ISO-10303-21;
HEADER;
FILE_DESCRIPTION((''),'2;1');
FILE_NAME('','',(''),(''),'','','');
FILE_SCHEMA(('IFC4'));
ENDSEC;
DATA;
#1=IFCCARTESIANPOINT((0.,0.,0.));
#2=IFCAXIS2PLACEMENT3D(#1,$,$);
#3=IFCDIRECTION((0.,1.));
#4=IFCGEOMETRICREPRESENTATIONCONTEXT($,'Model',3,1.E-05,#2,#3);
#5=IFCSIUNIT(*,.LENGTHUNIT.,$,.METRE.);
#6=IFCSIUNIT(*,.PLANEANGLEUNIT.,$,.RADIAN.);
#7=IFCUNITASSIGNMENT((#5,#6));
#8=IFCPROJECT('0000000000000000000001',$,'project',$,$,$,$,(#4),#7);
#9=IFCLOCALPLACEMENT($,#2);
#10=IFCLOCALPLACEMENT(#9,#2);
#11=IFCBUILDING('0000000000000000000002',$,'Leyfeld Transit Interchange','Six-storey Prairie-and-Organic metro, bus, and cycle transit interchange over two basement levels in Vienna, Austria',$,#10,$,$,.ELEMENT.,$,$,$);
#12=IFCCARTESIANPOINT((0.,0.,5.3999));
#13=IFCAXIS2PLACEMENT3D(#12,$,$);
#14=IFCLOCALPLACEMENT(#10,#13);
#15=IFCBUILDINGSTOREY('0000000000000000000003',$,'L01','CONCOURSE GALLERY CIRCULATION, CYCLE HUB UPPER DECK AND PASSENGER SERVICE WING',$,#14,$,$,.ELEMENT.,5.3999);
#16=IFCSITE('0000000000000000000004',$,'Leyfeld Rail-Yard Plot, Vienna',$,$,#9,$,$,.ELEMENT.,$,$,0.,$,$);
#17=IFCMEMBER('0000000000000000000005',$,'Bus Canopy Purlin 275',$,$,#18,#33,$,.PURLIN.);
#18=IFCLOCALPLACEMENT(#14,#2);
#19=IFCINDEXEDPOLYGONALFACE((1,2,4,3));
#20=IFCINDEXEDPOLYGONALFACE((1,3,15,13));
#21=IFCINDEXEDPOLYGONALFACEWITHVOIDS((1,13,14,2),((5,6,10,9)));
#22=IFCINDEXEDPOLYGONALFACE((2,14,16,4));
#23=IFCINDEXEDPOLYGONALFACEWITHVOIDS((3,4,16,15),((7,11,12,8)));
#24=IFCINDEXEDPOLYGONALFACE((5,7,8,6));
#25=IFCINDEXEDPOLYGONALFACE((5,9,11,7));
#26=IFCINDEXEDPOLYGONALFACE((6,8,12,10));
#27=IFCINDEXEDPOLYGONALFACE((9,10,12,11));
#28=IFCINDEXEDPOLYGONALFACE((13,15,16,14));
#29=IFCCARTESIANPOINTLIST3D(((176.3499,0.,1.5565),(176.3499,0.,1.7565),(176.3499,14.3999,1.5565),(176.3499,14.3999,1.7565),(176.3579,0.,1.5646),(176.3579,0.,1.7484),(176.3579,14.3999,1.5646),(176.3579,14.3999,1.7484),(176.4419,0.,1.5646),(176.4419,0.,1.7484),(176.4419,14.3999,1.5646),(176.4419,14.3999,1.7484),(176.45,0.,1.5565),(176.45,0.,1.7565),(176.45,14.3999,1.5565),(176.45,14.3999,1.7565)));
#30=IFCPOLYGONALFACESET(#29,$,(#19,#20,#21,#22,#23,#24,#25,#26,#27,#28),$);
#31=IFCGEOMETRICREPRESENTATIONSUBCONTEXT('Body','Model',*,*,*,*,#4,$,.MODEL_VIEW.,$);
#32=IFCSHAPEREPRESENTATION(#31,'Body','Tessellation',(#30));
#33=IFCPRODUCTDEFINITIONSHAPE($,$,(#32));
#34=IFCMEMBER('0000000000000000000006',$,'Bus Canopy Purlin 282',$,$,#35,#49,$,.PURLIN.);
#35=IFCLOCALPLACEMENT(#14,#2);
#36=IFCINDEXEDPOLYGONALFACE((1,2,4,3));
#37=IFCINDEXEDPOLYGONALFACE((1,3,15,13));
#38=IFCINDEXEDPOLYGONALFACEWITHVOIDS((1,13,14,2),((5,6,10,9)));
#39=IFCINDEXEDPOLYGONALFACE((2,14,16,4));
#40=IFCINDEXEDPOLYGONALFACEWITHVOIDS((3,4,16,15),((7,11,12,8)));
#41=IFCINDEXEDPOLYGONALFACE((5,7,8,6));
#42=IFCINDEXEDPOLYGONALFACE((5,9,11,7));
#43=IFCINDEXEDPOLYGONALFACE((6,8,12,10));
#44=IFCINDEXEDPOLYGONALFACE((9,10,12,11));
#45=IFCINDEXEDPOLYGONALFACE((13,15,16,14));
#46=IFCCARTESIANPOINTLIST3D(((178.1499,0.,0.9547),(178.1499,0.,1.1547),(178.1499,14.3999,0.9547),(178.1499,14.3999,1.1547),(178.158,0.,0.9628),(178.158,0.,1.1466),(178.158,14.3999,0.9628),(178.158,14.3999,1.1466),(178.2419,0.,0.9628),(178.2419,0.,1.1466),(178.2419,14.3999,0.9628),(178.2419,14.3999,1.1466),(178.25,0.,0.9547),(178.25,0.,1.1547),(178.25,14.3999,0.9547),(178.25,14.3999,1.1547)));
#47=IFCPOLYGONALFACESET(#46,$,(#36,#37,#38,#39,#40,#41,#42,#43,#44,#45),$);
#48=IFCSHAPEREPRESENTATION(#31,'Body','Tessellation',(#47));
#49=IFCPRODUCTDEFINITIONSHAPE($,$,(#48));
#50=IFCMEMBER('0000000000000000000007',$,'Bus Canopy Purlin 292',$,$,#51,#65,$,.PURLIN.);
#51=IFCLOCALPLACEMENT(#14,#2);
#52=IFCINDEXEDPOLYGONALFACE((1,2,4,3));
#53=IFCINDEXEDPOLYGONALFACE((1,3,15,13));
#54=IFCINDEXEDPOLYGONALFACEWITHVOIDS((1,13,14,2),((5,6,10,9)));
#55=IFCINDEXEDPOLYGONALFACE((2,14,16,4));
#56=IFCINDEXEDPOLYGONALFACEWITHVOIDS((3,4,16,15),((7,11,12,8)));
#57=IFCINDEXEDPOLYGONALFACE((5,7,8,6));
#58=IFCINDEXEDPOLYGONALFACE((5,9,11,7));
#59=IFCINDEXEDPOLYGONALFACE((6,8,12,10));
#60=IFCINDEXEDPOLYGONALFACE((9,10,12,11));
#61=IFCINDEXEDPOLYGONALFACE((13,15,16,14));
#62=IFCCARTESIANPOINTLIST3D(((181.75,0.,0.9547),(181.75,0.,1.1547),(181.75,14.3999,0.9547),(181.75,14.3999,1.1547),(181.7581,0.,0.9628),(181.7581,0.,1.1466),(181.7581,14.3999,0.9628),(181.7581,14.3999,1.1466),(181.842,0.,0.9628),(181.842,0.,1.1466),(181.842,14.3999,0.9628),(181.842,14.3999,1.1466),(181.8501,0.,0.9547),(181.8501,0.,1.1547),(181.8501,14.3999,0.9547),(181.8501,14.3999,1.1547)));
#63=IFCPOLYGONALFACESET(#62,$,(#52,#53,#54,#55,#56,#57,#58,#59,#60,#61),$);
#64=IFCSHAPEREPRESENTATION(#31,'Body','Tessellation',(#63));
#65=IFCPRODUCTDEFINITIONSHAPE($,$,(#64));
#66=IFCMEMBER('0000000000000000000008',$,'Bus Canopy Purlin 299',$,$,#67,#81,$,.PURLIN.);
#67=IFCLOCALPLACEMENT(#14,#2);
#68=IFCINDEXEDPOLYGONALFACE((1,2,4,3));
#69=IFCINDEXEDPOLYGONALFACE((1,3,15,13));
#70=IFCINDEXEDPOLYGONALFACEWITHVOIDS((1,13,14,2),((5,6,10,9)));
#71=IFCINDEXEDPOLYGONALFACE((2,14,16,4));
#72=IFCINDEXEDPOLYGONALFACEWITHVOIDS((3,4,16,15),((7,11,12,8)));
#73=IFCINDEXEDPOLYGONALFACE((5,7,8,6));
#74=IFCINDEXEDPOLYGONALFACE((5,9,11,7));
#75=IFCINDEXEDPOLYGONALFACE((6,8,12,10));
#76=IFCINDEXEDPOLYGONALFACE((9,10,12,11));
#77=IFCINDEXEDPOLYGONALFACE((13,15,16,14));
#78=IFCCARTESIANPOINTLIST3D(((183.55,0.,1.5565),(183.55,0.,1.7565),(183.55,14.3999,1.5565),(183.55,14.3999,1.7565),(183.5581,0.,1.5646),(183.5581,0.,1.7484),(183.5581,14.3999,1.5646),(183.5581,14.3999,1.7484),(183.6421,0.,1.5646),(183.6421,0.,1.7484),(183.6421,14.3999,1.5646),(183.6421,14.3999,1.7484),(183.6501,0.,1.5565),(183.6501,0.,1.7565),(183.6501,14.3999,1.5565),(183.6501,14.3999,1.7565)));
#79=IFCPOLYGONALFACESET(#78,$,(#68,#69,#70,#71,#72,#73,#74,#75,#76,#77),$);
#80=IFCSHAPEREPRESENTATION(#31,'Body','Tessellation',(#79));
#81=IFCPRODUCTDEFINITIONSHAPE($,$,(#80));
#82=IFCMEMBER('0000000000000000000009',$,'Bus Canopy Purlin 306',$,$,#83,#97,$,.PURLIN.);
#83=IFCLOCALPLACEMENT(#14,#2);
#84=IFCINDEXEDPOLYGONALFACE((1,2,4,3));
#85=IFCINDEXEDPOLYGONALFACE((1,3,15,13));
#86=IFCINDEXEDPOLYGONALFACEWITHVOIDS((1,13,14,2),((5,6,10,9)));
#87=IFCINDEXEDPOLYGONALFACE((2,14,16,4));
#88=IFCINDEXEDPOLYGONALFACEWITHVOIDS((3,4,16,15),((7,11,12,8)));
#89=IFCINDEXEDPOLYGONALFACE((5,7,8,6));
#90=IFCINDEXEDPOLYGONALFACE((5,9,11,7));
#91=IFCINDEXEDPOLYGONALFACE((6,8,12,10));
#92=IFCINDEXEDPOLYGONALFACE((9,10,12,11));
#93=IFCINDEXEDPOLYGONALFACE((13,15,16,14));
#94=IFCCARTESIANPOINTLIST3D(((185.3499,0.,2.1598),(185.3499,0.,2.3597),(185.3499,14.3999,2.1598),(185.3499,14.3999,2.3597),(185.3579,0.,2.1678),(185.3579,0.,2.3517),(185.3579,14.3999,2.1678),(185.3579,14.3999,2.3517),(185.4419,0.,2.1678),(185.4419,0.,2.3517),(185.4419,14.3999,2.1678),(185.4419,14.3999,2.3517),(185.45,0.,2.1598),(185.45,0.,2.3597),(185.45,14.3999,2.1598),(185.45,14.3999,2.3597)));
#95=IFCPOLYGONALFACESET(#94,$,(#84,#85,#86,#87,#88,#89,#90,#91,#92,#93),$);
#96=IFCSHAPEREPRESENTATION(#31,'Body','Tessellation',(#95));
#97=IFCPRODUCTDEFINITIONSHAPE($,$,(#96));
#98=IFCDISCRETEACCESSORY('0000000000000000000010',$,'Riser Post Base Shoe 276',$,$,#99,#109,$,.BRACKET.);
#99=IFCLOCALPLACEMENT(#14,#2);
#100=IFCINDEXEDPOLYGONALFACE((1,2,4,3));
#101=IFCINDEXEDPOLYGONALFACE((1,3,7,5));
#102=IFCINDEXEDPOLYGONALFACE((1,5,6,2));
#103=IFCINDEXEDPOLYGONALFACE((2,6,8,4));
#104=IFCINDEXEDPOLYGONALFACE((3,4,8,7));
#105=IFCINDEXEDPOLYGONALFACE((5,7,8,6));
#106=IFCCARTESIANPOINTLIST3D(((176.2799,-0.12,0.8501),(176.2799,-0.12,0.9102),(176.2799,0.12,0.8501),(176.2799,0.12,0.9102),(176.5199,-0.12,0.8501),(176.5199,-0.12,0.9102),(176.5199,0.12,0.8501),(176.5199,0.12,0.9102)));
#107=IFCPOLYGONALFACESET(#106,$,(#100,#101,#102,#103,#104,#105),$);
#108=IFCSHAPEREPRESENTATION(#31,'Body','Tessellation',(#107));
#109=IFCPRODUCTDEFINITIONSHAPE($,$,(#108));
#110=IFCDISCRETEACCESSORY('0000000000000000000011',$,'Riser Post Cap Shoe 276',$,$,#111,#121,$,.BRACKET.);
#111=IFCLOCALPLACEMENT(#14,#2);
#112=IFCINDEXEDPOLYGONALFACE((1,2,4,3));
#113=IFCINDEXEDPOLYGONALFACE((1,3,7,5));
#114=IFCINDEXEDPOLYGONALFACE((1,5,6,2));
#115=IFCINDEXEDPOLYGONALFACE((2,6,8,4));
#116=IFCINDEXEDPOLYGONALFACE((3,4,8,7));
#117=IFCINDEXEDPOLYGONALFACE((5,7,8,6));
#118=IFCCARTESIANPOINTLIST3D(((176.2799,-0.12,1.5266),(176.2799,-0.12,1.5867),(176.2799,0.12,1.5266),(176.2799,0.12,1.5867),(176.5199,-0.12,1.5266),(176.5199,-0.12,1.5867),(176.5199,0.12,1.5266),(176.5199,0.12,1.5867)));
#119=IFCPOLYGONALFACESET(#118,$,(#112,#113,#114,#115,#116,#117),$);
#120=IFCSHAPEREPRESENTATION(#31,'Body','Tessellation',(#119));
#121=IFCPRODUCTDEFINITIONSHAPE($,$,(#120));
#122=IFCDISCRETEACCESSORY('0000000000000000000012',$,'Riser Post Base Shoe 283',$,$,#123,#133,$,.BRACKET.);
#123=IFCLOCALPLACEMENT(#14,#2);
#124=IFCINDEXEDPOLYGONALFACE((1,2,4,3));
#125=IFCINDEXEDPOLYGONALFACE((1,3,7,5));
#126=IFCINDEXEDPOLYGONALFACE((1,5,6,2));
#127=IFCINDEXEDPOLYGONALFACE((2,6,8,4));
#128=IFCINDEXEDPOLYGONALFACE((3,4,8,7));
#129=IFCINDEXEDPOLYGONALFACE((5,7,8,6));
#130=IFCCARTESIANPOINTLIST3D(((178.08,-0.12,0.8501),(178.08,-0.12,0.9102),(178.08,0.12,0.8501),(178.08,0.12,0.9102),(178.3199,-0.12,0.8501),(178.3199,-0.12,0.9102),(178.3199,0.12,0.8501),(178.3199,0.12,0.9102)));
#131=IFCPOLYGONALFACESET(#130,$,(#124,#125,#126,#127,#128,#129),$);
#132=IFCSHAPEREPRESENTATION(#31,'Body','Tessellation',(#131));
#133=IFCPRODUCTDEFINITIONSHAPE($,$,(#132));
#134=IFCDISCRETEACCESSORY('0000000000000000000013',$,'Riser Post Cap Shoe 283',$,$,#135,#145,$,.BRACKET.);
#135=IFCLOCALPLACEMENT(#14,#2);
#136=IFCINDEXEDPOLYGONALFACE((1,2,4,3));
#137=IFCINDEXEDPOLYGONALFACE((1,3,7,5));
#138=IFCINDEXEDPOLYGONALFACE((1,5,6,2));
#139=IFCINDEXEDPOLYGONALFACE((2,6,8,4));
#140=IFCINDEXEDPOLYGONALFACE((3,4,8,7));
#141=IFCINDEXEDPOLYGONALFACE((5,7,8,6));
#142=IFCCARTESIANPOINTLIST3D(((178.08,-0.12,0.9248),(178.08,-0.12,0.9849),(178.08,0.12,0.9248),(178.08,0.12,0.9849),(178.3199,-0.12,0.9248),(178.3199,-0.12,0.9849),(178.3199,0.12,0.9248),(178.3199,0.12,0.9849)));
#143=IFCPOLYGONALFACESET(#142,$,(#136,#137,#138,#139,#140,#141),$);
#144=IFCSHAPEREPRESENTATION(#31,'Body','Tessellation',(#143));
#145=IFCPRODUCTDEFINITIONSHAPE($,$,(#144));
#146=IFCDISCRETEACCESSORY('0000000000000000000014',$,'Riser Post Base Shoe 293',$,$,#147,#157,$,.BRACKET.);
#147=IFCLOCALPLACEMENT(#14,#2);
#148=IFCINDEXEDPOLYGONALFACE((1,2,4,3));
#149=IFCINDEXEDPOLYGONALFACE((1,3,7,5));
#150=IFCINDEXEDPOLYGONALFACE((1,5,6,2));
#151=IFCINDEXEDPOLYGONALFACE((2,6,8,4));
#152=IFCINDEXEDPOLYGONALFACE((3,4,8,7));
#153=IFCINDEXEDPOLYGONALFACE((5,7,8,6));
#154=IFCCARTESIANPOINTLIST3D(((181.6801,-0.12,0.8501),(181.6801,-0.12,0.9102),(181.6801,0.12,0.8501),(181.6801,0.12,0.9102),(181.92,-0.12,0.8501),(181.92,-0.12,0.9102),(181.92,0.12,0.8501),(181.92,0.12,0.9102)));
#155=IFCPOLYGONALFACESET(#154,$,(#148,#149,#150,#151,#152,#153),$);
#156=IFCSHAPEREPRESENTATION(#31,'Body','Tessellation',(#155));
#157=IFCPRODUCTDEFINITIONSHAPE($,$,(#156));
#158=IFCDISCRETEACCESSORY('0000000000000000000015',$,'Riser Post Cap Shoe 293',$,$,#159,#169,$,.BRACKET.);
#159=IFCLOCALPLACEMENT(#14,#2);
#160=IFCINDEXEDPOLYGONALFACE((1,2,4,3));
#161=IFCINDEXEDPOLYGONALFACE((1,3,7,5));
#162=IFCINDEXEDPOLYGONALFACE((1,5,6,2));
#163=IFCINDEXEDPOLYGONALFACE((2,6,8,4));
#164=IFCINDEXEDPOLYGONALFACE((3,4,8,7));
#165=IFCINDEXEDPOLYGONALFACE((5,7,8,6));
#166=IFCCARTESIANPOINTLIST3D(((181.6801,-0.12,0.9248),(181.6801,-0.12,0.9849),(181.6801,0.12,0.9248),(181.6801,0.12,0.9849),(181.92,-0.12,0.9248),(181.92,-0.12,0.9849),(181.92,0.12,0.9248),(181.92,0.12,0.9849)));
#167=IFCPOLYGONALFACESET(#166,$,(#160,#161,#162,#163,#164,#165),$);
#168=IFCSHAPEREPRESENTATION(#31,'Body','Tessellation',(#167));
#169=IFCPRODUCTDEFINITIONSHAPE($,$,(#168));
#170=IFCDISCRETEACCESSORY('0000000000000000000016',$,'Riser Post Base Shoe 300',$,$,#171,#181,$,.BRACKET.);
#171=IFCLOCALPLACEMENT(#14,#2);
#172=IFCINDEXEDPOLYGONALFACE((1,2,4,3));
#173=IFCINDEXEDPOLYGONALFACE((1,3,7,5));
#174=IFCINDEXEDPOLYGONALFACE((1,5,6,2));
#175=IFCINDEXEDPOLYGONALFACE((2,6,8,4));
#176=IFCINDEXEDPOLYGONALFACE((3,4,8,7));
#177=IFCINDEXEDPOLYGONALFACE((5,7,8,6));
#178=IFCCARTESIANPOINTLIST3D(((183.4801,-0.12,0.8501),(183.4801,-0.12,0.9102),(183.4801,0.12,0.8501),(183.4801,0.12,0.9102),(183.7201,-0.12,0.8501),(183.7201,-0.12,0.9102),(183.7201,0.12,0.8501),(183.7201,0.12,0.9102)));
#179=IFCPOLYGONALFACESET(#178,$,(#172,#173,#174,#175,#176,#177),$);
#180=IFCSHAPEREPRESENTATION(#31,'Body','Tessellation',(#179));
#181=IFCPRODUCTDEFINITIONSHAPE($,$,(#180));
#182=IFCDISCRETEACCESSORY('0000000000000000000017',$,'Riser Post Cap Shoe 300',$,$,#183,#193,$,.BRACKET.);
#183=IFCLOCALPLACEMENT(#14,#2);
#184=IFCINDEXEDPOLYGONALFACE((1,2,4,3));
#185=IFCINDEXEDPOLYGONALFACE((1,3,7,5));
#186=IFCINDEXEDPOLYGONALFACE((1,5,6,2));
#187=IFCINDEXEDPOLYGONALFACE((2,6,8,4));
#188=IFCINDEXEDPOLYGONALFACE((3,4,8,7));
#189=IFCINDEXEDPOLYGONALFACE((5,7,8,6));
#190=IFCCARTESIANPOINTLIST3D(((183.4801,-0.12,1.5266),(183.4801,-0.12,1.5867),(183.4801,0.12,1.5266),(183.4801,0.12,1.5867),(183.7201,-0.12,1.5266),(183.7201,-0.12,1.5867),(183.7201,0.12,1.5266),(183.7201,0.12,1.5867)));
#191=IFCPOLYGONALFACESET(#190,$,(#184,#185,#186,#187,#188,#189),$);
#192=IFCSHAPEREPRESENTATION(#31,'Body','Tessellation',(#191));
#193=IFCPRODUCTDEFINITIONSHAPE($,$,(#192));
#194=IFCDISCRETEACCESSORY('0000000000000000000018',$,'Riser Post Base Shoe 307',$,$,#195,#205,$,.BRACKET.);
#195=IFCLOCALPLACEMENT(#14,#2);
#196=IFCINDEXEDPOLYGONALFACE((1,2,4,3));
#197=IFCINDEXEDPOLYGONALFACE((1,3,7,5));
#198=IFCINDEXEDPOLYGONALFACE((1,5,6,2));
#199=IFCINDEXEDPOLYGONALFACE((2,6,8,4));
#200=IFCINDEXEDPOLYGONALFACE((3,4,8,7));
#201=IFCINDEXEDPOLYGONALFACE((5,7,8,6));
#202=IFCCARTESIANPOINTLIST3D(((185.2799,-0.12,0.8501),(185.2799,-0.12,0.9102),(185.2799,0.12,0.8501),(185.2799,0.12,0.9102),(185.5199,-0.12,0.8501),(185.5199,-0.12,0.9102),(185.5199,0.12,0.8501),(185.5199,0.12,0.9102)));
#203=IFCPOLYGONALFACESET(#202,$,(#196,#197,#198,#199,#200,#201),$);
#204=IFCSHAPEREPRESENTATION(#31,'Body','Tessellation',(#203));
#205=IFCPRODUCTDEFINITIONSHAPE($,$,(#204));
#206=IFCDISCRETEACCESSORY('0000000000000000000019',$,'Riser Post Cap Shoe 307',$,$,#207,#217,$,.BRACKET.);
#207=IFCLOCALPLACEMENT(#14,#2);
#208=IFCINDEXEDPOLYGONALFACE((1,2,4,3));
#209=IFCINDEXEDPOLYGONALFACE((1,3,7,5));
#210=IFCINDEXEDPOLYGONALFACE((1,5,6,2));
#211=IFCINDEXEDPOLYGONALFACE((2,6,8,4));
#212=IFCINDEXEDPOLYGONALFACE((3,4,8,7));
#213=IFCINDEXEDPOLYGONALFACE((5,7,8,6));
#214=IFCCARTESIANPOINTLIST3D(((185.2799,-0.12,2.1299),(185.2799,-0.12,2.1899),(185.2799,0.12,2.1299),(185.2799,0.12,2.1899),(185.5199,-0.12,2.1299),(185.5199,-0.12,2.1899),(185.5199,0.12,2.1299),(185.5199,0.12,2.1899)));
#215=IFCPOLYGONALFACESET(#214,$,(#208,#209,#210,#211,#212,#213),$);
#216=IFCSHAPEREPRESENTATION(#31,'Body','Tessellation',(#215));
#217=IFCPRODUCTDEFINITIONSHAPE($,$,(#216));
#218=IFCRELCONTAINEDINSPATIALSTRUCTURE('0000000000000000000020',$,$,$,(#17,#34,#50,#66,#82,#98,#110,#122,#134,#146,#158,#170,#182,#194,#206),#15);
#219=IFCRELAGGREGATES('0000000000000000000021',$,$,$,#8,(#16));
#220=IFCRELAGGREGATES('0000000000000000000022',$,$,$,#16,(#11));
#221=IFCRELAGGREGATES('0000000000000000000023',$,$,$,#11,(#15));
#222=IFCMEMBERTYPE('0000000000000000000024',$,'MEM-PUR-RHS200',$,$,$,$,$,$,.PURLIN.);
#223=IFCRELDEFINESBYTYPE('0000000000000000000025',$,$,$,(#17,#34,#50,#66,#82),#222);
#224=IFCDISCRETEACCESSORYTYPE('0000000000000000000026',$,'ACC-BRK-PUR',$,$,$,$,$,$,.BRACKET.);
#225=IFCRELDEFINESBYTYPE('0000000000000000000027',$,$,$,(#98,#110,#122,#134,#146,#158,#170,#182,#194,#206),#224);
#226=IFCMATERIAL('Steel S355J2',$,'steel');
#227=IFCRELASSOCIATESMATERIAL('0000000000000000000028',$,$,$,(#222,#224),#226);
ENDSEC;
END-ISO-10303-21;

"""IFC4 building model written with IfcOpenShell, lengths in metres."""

from ifc_helpers import new_model, si_unit, direction, frame, origin, origin_2d, place, context, subcontext, project, spatial, rectangle, hollow_rectangle, extrude, material, material_profile, profile_set, type_object, element, save


model = new_model("IFC4")

# Units and contexts
model_context = context("Model", 3, precision=1e-05, world=origin(), true_north=direction((0.0, 1.0)))
body_context = subcontext(model_context, "Body", "Model", "MODEL_VIEW")
ifc_project = project(units=[si_unit("LENGTHUNIT", "METRE"), si_unit("PLANEANGLEUNIT", "RADIAN")], contexts=[model_context])

# Site, building, storey
site_placement = place(None, origin())
site = spatial("IfcSite", under=ifc_project, at=site_placement, Name="Leyfeld Rail-Yard Plot, Vienna", CompositionType="ELEMENT", RefElevation=0.0)
building_placement = place(site_placement, origin())
building = spatial("IfcBuilding", under=site, at=building_placement, Name="Leyfeld Transit Interchange", Description="Six-storey Prairie-and-Organic metro, bus, and cycle transit interchange over two basement levels in Vienna, Austria", CompositionType="ELEMENT")
storey_placement = place(building_placement, frame((0.0, 0.0, 5.3999)))
storey = spatial("IfcBuildingStorey", under=building, at=storey_placement, Name="L01", Description="CONCOURSE GALLERY CIRCULATION, CYCLE HUB UPPER DECK AND PASSENGER SERVICE WING", CompositionType="ELEMENT", Elevation=5.3999)

# Shared definitions
ifc_material = material(Name="Steel S355J2", Category="steel")

# Members
ifc_material_profile_1 = material_profile(ifc_material, hollow_rectangle(XDim=0.1001, YDim=0.2, WallThickness=0.0081, at=origin_2d()), Name="RHS 200x100x8")
ifc_profile_set_1 = profile_set([ifc_material_profile_1], Name="Steel S355J2")
member_type_1 = type_object("IfcMemberType", Name="MEM-PUR-RHS200", PredefinedType="PURLIN", material=ifc_profile_set_1)
for number, where, z_axis, x_axis, name in (
    (1, (176.3999, 0.0, 1.6565), (0.0, 1.0, 0.0), (-1.0, 0.0, 0.0), "Bus Canopy Purlin 275"),
    (2, (178.2, 0.0, 1.0547), (0.0, 1.0, 0.0), (-1.0, 0.0, 0.0), "Bus Canopy Purlin 282"),
    (3, (181.8, 0.0, 1.0547), (0.0, 1.0, 0.0), (-1.0, 0.0, 0.0), "Bus Canopy Purlin 292"),
    (4, (183.6001, 0.0, 1.6565), (0.0, 1.0, 0.0), (-1.0, 0.0, 0.0), "Bus Canopy Purlin 299"),
    (5, (185.3999, 0.0, 2.2598), (0.0, 1.0, 0.0), (-1.0, 0.0, 0.0), "Bus Canopy Purlin 306"),
):
    element("IfcMember", number, at=place(storey_placement, frame(where, z_axis=z_axis, x_axis=x_axis)), inside=storey, type_object=member_type_1, Name=name, PredefinedType="PURLIN", context=body_context, shape_type="SweptSolid", body=[
        extrude(hollow_rectangle(XDim=0.1001, YDim=0.2, WallThickness=0.0081, at=origin_2d()), origin(), (0.0, 0.0, 1.0), 14.3999),
    ])

# Discrete accessories
discrete_accessory_type = type_object("IfcDiscreteAccessoryType", Name="ACC-BRK-PUR", PredefinedType="BRACKET", material=ifc_material)
for number, where, z_axis, x_axis, name in (
    (6, (176.3999, 0.0, 0.8501), (0.0, 0.0, 1.0), (1.0, 0.0, 0.0), "Riser Post Base Shoe 276"),
    (7, (176.3999, 0.0, 1.5266), (0.0, 0.0, 1.0), (1.0, 0.0, 0.0), "Riser Post Cap Shoe 276"),
    (8, (178.2, 0.0, 0.8501), (0.0, 0.0, 1.0), (1.0, 0.0, 0.0), "Riser Post Base Shoe 283"),
    (9, (178.2, 0.0, 0.9248), (0.0, 0.0, 1.0), (1.0, 0.0, 0.0), "Riser Post Cap Shoe 283"),
    (10, (181.8, 0.0, 0.8501), (0.0, 0.0, 1.0), (1.0, 0.0, 0.0), "Riser Post Base Shoe 293"),
    (11, (181.8, 0.0, 0.9248), (0.0, 0.0, 1.0), (1.0, 0.0, 0.0), "Riser Post Cap Shoe 293"),
    (12, (183.6001, 0.0, 0.8501), (0.0, 0.0, 1.0), (1.0, 0.0, 0.0), "Riser Post Base Shoe 300"),
    (13, (183.6001, 0.0, 1.5266), (0.0, 0.0, 1.0), (1.0, 0.0, 0.0), "Riser Post Cap Shoe 300"),
    (14, (185.3999, 0.0, 0.8501), (0.0, 0.0, 1.0), (1.0, 0.0, 0.0), "Riser Post Base Shoe 307"),
    (15, (185.3999, 0.0, 2.1299), (0.0, 0.0, 1.0), (1.0, 0.0, 0.0), "Riser Post Cap Shoe 307"),
):
    element("IfcDiscreteAccessory", number, at=place(storey_placement, frame(where, z_axis=z_axis, x_axis=x_axis)), inside=storey, type_object=discrete_accessory_type, Name=name, PredefinedType="BRACKET", context=body_context, shape_type="SweptSolid", body=[
        extrude(rectangle(XDim=0.24, YDim=0.24, at=origin_2d()), origin(), (0.0, 0.0, 1.0), 0.0601),
    ])

save(model, "model.ifc")
